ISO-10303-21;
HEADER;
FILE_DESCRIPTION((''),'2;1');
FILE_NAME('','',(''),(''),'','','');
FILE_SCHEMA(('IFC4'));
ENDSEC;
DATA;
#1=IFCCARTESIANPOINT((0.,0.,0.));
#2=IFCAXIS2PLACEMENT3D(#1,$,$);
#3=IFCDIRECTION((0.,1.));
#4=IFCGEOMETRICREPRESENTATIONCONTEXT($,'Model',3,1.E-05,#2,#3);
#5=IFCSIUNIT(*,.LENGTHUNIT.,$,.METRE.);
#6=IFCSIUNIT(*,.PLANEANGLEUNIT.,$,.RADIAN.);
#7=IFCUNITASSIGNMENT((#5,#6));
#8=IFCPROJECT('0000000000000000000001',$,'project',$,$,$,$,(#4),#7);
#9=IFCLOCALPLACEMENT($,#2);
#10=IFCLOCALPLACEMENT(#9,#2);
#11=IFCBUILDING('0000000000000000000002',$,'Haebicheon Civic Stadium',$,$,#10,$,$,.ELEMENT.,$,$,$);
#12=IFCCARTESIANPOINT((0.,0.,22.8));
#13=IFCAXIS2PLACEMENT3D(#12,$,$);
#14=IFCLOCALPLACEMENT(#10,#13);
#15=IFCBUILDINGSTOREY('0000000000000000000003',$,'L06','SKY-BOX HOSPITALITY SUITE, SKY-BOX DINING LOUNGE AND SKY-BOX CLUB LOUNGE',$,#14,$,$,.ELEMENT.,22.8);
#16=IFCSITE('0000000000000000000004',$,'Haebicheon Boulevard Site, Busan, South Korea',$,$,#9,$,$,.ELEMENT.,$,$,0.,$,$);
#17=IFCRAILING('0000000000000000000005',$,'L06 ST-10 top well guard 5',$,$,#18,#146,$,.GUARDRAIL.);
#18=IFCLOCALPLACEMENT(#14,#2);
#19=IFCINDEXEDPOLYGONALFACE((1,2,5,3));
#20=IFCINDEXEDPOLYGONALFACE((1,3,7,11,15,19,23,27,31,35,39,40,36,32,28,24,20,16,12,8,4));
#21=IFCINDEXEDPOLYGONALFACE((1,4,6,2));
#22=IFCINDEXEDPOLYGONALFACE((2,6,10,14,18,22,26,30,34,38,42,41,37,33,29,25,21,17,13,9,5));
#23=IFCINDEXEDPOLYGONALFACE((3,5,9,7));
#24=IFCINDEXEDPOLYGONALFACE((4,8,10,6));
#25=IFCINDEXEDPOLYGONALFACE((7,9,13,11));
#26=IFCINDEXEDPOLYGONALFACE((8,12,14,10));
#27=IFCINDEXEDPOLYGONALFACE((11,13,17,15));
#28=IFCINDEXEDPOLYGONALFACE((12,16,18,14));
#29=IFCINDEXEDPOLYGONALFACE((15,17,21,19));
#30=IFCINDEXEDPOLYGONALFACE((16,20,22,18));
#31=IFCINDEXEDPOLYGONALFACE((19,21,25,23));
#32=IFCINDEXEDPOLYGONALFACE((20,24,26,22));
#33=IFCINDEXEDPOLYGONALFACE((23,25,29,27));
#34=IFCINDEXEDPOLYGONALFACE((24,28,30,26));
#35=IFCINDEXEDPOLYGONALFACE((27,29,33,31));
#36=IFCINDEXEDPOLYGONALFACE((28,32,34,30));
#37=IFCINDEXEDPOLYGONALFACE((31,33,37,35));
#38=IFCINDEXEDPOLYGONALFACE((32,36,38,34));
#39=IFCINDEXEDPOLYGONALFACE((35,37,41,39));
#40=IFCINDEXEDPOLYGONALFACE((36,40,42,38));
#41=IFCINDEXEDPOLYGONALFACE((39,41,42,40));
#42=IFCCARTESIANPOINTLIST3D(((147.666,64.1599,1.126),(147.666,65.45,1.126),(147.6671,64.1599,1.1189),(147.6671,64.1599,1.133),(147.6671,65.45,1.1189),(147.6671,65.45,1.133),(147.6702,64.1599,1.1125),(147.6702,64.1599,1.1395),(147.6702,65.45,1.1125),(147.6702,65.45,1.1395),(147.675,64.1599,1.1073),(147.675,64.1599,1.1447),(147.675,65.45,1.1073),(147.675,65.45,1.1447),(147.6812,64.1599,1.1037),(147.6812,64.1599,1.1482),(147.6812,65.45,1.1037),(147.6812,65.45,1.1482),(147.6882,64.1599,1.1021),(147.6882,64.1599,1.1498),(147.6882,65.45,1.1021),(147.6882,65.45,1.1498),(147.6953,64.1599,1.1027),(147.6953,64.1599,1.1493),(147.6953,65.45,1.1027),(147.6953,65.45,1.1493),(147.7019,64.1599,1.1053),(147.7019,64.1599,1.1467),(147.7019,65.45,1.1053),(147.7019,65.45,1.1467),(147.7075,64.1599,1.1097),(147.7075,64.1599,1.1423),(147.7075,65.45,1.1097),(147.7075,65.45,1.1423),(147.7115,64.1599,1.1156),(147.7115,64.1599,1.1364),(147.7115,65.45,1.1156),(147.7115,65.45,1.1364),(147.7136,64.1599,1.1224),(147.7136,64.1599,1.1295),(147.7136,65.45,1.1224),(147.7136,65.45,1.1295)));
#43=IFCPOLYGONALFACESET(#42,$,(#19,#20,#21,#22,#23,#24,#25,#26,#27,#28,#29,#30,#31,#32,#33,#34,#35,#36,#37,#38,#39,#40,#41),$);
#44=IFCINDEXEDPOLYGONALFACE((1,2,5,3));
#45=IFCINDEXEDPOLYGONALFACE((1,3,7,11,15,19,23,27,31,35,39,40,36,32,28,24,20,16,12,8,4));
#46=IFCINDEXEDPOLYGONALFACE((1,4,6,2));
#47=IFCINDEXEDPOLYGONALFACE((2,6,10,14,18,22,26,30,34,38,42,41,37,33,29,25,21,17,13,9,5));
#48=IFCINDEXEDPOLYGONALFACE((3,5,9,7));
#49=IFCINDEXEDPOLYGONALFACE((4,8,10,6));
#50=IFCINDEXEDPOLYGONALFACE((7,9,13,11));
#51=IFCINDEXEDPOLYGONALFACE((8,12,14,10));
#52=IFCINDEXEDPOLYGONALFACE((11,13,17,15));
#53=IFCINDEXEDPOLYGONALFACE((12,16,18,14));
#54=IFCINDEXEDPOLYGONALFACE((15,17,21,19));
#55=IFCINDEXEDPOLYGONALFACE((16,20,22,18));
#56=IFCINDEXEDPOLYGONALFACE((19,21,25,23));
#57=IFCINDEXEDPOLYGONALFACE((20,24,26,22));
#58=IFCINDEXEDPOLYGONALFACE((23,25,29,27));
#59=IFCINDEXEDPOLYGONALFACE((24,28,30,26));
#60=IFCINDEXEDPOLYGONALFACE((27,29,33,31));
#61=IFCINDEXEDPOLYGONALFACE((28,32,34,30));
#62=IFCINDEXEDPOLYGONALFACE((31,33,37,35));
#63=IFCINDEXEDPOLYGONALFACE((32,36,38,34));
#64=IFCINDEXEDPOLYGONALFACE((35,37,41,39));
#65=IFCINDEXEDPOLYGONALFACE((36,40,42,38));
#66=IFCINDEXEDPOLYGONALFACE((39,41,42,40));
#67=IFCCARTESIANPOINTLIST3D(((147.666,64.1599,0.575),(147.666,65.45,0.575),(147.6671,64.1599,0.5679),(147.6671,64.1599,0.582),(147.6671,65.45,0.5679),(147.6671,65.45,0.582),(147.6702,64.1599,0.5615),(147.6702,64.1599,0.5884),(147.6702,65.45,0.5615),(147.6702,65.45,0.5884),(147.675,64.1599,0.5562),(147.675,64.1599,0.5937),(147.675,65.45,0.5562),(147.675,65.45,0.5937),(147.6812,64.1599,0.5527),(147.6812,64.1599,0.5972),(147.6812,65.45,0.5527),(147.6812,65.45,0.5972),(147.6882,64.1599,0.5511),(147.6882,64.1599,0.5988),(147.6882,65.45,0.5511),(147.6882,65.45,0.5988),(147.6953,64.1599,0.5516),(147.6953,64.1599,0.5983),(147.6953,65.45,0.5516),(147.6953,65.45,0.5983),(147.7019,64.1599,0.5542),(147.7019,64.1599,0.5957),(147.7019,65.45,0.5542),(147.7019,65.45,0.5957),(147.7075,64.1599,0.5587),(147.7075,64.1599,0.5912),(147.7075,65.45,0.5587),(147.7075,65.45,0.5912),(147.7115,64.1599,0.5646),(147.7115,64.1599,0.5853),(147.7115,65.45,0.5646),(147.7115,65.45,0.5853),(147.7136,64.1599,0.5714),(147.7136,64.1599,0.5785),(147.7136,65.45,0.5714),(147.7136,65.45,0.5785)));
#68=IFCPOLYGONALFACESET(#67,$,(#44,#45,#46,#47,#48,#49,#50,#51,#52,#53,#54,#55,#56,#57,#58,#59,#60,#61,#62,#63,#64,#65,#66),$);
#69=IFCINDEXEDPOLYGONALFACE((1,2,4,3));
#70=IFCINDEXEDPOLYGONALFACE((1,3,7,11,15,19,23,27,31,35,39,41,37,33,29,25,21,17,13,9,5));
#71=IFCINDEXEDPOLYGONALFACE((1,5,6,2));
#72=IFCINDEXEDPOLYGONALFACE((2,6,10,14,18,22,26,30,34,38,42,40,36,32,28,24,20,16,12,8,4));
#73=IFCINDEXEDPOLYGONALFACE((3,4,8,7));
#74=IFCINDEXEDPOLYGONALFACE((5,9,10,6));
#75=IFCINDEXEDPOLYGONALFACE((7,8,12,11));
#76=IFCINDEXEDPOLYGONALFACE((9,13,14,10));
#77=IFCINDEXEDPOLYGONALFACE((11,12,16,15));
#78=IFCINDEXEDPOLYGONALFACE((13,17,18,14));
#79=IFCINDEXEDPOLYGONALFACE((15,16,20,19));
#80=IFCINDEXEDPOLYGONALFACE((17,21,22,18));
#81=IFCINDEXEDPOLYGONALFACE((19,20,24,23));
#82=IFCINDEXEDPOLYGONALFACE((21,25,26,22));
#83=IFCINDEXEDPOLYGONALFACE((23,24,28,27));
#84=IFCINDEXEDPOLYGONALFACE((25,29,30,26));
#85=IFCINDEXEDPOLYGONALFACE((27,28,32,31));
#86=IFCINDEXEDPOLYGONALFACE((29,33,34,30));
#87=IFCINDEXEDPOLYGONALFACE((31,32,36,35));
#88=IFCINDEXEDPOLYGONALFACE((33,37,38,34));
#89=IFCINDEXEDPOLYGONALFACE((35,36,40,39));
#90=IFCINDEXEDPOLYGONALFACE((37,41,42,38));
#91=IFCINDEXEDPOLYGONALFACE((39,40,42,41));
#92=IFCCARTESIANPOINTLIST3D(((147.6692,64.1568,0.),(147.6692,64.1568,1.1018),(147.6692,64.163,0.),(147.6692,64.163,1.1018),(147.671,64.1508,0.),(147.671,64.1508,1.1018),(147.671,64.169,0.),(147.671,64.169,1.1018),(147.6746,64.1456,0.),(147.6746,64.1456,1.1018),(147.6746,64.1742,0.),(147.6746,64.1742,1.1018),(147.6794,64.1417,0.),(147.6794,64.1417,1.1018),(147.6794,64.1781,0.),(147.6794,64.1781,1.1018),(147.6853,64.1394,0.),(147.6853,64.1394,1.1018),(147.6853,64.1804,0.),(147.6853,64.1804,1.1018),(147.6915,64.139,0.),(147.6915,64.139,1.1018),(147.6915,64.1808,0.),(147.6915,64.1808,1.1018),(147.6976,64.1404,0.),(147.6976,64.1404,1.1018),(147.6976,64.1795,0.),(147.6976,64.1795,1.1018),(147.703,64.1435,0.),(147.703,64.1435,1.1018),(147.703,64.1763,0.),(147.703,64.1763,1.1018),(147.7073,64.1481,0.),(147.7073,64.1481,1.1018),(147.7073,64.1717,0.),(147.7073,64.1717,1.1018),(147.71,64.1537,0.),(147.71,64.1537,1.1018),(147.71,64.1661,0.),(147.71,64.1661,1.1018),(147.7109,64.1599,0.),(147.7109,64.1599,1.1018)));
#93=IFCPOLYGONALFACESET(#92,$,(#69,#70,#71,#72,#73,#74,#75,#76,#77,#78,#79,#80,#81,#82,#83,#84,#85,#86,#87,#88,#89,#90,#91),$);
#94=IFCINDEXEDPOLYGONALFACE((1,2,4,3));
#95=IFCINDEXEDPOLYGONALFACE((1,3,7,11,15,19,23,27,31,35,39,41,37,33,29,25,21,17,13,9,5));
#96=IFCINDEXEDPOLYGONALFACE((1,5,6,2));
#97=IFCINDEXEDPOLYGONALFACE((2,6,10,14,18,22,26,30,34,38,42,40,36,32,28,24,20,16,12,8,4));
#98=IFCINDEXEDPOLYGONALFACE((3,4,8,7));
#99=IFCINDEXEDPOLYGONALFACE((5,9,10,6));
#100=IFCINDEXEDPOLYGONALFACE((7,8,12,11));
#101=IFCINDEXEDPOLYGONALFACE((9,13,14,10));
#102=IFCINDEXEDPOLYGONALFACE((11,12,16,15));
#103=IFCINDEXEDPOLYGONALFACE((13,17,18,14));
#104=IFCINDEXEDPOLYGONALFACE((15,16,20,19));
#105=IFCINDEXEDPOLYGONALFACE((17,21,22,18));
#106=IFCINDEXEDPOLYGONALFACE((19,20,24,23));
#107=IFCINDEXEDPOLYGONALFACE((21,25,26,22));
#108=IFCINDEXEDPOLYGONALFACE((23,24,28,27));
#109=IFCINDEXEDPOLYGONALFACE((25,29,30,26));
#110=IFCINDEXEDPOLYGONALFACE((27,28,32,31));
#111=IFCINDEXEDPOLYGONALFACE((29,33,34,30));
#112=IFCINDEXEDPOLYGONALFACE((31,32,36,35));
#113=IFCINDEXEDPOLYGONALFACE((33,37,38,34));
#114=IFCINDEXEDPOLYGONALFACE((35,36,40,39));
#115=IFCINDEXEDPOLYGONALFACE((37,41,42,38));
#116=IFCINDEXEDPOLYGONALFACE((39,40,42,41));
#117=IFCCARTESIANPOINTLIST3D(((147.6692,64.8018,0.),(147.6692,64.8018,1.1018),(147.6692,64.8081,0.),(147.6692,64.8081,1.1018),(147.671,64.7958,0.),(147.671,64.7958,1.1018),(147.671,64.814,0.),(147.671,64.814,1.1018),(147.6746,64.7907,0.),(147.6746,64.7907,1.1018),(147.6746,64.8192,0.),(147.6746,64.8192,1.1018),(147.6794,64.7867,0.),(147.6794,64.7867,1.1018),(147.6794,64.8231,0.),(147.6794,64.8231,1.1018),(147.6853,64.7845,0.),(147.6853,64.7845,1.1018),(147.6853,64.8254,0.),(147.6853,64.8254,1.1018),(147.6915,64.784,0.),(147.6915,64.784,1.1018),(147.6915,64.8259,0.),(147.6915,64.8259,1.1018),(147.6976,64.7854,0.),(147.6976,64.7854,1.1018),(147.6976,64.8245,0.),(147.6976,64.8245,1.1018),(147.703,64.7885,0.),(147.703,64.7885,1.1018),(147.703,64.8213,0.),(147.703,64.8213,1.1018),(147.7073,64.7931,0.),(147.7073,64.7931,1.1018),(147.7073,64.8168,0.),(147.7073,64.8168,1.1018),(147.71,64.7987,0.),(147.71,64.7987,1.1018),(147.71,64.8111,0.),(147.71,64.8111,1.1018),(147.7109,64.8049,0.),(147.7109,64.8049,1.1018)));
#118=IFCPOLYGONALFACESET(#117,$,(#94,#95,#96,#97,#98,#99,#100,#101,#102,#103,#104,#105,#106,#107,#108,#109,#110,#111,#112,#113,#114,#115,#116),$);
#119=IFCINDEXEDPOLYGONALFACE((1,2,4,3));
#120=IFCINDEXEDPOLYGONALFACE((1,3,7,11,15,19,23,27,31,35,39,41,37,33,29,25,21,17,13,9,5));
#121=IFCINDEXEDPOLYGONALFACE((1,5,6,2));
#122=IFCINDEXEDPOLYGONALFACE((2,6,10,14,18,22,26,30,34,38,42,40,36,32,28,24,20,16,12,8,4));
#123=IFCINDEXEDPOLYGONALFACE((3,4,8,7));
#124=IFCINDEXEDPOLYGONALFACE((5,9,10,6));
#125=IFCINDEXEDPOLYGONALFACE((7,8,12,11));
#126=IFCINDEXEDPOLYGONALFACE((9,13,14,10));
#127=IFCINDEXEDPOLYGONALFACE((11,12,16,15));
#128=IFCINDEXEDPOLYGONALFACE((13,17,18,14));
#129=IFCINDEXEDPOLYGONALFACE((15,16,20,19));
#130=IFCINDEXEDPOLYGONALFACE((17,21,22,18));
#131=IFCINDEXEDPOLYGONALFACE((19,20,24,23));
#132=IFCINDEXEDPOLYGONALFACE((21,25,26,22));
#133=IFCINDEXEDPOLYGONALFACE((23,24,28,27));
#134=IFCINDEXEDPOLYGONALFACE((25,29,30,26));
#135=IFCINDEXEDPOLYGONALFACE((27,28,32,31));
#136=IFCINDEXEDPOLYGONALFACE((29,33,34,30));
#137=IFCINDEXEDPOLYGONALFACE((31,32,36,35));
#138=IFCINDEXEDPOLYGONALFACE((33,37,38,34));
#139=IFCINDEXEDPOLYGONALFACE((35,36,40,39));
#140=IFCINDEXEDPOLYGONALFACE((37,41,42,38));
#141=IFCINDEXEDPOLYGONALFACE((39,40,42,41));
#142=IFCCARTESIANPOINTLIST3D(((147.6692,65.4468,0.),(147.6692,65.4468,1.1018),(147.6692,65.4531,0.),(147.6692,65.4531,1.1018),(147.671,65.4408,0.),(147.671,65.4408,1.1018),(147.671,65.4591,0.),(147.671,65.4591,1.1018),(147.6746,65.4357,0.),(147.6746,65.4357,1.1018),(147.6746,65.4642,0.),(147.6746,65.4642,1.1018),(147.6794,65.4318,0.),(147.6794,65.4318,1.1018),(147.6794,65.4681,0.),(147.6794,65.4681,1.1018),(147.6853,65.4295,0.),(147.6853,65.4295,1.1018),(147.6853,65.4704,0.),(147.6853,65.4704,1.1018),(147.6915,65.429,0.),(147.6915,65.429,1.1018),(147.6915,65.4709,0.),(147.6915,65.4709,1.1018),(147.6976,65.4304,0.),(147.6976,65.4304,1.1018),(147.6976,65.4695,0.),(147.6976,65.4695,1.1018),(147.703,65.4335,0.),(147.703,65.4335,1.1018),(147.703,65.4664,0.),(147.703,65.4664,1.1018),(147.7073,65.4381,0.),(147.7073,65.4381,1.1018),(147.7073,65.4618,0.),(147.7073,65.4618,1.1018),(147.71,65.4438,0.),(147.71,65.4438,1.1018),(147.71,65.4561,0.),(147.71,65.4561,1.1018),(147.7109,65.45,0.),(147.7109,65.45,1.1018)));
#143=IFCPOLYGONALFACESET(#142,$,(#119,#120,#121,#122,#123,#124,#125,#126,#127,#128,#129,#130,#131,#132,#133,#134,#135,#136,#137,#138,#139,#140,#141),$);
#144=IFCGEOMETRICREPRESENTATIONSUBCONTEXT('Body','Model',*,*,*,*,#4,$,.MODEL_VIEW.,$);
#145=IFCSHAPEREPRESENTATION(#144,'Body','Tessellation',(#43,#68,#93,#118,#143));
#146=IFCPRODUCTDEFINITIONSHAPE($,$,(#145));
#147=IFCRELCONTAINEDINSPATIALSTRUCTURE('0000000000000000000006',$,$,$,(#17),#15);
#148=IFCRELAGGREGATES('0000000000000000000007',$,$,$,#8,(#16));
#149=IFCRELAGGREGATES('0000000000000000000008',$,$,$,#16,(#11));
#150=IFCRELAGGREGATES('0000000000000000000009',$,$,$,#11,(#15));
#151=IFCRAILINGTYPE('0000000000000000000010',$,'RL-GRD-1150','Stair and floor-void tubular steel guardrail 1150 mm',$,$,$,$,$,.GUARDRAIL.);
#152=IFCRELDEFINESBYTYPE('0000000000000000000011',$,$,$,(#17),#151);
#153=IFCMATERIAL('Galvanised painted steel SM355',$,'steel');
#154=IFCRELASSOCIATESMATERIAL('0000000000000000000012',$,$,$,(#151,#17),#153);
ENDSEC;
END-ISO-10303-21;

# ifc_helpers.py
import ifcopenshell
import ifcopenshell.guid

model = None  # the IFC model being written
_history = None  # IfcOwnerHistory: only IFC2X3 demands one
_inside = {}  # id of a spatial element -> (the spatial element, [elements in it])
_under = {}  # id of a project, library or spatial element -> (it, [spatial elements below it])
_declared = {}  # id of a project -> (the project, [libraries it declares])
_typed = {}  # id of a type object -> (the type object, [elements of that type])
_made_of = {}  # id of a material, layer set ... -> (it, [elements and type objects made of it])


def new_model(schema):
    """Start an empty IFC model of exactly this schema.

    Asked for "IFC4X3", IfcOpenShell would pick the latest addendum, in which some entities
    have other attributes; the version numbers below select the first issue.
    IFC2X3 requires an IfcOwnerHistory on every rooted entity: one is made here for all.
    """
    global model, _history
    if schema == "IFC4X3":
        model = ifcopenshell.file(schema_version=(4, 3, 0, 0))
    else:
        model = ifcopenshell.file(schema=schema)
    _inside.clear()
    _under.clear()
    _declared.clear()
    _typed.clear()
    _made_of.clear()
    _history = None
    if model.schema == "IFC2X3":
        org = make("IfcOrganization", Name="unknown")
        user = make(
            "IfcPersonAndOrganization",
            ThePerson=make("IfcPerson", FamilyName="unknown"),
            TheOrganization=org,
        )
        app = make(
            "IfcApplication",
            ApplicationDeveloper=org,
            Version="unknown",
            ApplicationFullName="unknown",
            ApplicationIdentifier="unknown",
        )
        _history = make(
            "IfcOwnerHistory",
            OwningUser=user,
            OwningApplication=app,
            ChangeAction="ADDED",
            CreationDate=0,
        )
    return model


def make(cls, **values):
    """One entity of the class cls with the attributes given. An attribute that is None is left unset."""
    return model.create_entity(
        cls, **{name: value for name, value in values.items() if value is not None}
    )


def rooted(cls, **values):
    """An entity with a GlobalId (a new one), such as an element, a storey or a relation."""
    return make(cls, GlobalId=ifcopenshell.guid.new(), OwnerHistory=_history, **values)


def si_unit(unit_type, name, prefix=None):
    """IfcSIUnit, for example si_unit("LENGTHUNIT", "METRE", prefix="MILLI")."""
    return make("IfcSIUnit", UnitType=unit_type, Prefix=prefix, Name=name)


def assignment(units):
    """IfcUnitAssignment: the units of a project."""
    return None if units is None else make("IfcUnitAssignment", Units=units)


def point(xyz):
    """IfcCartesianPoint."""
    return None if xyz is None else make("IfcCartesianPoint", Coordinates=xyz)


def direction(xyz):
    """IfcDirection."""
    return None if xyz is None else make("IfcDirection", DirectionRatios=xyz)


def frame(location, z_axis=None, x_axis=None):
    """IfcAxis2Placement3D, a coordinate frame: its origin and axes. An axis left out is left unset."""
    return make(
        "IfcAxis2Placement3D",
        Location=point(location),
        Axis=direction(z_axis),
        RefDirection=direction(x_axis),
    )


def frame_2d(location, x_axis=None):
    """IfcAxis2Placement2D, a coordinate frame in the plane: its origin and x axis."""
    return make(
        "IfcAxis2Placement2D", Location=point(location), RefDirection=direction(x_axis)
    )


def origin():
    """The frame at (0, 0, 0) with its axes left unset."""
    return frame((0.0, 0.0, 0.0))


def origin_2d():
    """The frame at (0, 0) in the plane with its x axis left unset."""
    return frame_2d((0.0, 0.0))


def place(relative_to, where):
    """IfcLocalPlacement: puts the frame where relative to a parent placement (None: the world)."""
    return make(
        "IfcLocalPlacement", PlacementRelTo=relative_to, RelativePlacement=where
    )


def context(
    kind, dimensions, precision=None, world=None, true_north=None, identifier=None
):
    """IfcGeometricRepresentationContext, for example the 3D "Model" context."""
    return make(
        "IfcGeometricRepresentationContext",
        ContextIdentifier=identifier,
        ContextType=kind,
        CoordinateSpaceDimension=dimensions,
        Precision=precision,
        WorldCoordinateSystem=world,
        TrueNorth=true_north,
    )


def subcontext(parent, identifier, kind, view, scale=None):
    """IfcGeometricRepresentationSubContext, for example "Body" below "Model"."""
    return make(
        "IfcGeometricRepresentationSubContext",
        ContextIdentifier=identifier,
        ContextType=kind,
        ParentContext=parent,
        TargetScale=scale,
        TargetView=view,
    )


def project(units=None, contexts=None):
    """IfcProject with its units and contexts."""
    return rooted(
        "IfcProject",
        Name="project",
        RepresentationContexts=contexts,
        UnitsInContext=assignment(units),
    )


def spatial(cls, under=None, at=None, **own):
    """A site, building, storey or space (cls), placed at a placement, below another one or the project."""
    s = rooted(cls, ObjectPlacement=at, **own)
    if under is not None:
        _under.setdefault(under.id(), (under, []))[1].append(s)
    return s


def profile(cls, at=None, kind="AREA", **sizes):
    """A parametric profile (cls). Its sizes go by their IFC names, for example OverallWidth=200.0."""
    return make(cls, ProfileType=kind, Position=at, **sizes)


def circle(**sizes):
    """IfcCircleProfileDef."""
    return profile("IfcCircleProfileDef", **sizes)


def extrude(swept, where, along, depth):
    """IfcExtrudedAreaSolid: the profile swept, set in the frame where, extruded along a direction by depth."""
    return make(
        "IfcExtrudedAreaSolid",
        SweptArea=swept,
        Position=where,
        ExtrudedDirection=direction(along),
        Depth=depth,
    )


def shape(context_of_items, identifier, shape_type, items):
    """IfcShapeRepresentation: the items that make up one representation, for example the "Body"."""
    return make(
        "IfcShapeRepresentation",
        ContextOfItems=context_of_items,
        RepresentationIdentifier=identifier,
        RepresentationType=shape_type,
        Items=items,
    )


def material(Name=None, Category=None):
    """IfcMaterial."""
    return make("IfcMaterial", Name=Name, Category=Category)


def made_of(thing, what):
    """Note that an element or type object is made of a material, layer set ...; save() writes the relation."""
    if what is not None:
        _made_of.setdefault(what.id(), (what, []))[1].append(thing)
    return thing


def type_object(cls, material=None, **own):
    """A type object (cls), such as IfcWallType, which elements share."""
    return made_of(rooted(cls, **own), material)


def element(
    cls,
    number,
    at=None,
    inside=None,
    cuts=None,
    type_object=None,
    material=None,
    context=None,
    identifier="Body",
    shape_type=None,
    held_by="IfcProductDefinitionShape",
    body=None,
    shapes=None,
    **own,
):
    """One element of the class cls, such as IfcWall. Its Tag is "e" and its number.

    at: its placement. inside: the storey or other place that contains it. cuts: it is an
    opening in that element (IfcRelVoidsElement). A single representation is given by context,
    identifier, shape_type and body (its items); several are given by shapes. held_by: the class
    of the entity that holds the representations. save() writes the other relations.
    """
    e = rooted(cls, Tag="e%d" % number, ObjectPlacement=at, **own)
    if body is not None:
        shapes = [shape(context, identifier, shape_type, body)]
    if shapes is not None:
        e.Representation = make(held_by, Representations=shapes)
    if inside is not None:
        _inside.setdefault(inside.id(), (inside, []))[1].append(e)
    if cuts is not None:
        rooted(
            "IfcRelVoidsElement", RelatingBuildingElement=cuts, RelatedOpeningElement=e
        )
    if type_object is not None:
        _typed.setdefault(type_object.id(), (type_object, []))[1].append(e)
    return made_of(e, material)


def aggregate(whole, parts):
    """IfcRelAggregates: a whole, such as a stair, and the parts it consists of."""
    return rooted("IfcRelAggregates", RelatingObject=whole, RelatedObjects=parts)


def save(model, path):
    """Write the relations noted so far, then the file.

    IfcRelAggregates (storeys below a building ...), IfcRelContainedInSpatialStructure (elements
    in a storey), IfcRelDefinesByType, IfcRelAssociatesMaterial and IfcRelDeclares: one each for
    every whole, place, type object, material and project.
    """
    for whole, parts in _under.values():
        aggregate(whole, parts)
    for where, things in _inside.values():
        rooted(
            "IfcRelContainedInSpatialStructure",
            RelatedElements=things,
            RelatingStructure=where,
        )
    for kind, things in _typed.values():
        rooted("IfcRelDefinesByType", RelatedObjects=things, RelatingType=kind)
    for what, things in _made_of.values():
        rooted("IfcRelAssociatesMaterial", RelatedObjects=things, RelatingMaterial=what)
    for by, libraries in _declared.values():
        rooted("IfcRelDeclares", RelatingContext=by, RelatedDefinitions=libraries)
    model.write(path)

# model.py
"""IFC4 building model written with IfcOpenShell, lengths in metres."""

from ifc_helpers import new_model, si_unit, direction, frame, origin, origin_2d, place, context, subcontext, project, spatial, circle, extrude, material, type_object, element, save


model = new_model("IFC4")

# Units and contexts
model_context = context("Model", 3, precision=1e-05, world=origin(), true_north=direction((0.0, 1.0)))
body_context = subcontext(model_context, "Body", "Model", "MODEL_VIEW")
ifc_project = project(units=[si_unit("LENGTHUNIT", "METRE"), si_unit("PLANEANGLEUNIT", "RADIAN")], contexts=[model_context])

# Site, building, storey
site_placement = place(None, origin())
site = spatial("IfcSite", under=ifc_project, at=site_placement, Name="Haebicheon Boulevard Site, Busan, South Korea", CompositionType="ELEMENT", RefElevation=0.0)
building_placement = place(site_placement, origin())
building = spatial("IfcBuilding", under=site, at=building_placement, Name="Haebicheon Civic Stadium", CompositionType="ELEMENT")
storey_placement = place(building_placement, frame((0.0, 0.0, 22.8)))
storey = spatial("IfcBuildingStorey", under=building, at=storey_placement, Name="L06", Description="SKY-BOX HOSPITALITY SUITE, SKY-BOX DINING LOUNGE AND SKY-BOX CLUB LOUNGE", CompositionType="ELEMENT", Elevation=22.8)

# Railing
ifc_material_1 = material(Name="Galvanised painted steel SM355", Category="steel")
railing_type = type_object("IfcRailingType", Name="RL-GRD-1150", Description="Stair and floor-void tubular steel guardrail 1150 mm", PredefinedType="GUARDRAIL", material=ifc_material_1)
for number, where, name in (
    (1, (147.6899, 64.1599, 0.0), "L06 ST-10 top well guard 5"),
):
    element("IfcRailing", number, at=place(storey_placement, frame(where)), inside=storey, type_object=railing_type, material=ifc_material_1, Name=name, PredefinedType="GUARDRAIL", context=body_context, shape_type="SweptSolid", body=[
        extrude(circle(Radius=0.0239, at=origin_2d()), frame((0.0, 0.0, 1.126), z_axis=(0.0, 1.0, 0.0), x_axis=(-1.0, 0.0, 0.0)), (0.0, 0.0, 1.0), 1.29),
        extrude(circle(Radius=0.0239, at=origin_2d()), frame((0.0, 0.0, 0.575), z_axis=(0.0, 1.0, 0.0), x_axis=(-1.0, 0.0, 0.0)), (0.0, 0.0, 1.0), 1.29),
        extrude(circle(Radius=0.021, at=origin_2d()), origin(), (0.0, 0.0, 1.0), 1.1018),
        extrude(circle(Radius=0.021, at=origin_2d()), frame((0.0, 0.645, 0.0)), (0.0, 0.0, 1.0), 1.1018),
        extrude(circle(Radius=0.021, at=origin_2d()), frame((0.0, 1.29, 0.0)), (0.0, 0.0, 1.0), 1.1018),
    ])

save(model, "model.ifc")
